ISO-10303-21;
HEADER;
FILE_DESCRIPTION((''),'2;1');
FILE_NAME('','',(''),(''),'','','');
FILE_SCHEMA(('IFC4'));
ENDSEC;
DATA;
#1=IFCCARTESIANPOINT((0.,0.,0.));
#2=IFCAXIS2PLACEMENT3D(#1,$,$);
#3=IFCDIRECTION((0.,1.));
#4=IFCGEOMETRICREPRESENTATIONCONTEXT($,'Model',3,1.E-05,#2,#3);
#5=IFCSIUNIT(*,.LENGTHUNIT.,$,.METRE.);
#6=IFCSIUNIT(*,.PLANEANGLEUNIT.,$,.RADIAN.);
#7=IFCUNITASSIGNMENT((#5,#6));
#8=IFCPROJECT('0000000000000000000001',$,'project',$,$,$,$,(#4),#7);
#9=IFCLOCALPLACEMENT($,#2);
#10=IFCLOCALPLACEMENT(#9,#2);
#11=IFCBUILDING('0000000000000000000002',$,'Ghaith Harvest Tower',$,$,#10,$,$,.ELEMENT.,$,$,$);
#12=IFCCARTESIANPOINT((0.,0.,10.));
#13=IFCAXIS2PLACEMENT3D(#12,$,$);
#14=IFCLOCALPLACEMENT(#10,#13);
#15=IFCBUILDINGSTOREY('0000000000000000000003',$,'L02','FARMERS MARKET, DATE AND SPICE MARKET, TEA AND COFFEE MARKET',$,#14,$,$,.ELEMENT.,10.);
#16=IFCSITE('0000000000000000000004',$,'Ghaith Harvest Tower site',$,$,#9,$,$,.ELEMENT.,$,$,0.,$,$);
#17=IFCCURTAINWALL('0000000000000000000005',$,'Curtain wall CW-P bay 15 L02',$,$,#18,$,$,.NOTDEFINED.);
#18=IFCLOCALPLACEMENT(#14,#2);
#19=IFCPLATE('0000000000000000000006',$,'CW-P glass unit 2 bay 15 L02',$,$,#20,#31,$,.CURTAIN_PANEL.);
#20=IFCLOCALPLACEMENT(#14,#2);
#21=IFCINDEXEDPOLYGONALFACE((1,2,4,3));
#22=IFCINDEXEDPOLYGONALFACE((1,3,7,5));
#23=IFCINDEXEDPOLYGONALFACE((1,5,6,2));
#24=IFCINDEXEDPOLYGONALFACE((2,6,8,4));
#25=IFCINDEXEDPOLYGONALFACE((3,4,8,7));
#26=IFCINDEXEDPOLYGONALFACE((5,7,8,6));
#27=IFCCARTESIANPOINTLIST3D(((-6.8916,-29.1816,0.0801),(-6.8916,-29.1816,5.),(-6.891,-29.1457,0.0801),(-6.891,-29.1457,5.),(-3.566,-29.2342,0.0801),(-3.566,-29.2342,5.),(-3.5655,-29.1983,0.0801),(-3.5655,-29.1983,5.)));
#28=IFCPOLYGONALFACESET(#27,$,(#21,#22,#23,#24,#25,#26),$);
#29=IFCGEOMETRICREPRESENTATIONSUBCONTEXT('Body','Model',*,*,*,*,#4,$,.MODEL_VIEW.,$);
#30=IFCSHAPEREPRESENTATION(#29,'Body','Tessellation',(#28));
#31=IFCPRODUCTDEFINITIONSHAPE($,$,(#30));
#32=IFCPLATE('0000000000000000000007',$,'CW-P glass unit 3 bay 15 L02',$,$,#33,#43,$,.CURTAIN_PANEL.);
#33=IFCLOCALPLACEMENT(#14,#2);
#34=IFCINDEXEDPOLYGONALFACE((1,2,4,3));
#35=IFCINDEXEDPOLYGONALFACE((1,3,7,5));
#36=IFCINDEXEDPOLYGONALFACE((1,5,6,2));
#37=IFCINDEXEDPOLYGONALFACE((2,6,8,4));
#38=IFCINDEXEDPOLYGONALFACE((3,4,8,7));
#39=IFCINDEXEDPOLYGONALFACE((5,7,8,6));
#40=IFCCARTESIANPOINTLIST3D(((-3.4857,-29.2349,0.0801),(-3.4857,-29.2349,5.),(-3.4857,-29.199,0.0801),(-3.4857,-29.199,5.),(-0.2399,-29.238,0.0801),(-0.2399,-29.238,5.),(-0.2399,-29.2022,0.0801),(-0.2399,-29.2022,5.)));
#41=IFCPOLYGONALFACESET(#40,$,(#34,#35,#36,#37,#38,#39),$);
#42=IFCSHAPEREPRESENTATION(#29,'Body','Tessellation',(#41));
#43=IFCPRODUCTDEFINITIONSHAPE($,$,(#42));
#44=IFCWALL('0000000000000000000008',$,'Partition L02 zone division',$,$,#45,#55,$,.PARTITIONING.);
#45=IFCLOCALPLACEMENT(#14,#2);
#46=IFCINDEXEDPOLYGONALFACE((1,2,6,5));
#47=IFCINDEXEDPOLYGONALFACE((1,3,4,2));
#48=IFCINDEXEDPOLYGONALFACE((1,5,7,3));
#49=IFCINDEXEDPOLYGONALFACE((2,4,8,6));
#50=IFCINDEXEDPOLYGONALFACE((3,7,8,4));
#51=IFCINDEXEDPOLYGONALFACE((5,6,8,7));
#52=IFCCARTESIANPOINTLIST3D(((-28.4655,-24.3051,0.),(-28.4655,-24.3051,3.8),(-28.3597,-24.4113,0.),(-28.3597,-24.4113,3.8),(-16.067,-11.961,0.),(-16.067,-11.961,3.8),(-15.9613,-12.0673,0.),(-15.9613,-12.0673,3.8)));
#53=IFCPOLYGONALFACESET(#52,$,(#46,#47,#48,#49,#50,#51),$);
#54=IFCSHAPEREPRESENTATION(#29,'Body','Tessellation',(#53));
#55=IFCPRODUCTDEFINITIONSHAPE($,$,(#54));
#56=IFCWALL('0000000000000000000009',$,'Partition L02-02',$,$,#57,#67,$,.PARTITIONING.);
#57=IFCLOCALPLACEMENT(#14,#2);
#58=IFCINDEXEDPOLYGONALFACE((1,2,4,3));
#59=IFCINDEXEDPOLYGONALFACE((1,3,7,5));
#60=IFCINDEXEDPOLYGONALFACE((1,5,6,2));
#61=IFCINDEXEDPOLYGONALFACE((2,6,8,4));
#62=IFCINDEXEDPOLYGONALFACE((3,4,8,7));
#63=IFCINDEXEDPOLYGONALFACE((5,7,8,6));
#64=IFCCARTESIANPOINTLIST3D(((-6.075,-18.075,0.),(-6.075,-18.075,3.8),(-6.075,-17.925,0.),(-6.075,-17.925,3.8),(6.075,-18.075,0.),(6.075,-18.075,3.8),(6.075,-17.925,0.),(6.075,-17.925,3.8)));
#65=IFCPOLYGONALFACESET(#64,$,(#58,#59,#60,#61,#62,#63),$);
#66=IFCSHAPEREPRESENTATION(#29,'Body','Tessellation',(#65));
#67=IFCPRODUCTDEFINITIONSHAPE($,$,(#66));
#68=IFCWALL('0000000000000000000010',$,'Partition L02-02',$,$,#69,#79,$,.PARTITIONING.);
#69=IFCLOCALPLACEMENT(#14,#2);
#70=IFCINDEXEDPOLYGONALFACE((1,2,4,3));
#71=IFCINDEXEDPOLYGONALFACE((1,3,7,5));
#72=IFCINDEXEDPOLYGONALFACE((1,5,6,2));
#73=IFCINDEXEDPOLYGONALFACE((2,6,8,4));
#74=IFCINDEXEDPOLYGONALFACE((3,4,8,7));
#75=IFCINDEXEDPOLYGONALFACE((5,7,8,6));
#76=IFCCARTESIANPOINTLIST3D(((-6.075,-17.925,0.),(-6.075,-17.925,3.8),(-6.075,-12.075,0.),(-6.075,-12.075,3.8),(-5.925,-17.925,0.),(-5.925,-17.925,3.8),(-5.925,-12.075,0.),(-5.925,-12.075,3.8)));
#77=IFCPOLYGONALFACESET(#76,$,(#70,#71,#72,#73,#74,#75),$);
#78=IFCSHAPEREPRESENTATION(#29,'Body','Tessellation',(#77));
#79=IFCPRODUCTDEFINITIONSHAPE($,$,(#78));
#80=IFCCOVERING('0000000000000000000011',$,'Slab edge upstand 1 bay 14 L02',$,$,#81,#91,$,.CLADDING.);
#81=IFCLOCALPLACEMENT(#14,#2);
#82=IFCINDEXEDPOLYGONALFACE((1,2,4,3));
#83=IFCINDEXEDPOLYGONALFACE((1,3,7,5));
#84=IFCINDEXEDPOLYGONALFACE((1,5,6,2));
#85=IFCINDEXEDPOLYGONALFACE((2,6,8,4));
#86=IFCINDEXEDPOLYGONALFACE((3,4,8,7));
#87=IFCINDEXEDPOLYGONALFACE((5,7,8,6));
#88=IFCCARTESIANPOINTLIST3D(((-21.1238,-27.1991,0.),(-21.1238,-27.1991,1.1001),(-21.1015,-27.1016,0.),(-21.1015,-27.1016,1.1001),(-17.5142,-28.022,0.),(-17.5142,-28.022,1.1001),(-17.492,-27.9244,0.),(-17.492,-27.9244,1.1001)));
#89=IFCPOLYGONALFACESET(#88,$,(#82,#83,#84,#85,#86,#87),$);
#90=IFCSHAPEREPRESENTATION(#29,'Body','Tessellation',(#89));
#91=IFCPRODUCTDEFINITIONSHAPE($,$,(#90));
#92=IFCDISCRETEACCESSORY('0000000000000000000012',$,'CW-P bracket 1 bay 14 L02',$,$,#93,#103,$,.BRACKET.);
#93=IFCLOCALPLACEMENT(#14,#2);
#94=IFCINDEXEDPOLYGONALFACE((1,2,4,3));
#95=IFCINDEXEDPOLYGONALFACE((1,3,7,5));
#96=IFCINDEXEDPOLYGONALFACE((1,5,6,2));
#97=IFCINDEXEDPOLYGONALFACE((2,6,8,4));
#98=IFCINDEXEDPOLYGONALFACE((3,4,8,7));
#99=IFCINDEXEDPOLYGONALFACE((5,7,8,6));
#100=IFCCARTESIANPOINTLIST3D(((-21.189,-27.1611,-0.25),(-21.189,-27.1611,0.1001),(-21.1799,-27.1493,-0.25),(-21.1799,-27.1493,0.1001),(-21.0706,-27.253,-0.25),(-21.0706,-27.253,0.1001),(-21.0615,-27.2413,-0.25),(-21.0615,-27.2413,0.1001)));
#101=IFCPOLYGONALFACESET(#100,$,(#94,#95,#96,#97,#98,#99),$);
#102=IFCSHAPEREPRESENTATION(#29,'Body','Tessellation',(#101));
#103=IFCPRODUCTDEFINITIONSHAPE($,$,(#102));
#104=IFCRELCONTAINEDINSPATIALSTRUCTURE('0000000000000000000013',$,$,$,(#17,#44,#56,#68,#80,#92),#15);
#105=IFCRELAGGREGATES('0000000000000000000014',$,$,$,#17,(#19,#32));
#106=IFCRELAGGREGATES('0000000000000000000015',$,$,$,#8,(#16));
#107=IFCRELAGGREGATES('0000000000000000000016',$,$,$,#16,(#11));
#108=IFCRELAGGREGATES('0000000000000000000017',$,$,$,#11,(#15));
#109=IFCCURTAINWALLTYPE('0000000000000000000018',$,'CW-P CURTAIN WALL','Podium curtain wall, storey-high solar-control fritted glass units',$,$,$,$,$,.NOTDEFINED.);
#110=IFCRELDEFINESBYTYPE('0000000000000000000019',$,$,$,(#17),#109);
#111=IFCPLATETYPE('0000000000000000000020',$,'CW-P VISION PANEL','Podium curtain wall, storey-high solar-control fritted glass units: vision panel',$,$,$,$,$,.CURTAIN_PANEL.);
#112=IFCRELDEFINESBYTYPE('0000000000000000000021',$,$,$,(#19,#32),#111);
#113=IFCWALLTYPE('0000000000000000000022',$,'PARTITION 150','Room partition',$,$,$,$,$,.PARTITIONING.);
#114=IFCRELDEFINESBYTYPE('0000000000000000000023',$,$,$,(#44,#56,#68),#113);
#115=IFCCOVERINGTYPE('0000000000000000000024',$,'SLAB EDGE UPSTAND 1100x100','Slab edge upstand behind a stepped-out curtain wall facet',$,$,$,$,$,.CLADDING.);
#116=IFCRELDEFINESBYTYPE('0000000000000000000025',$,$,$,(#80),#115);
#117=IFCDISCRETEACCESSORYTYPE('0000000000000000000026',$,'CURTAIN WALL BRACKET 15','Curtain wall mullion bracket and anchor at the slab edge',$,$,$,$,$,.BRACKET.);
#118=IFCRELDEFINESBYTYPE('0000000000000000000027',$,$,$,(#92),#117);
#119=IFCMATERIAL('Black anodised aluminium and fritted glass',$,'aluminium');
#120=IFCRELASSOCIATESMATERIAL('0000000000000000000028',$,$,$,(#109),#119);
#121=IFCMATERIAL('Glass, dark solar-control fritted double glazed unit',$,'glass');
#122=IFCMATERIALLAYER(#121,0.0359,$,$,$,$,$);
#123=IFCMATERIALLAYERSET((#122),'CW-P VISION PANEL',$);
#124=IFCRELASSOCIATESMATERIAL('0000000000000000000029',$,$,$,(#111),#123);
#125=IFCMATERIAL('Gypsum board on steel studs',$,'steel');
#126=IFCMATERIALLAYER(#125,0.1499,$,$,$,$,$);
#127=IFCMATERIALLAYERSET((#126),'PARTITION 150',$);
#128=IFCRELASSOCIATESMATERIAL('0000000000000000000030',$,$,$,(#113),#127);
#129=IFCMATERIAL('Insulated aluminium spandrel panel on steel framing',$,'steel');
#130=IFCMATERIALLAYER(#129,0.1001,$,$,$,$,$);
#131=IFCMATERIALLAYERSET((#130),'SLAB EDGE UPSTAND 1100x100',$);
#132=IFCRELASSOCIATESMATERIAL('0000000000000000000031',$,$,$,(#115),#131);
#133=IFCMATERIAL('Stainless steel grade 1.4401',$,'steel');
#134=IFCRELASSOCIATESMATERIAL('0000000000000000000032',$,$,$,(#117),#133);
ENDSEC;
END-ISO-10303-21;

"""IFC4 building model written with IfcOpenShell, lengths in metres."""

from ifc_helpers import new_model, si_unit, direction, frame, frame_2d, origin, origin_2d, place, context, subcontext, project, spatial, rectangle, extrude, material, layer, layer_set, type_object, element, aggregate, save


model = new_model("IFC4")

# Units and contexts
model_context = context("Model", 3, precision=1e-05, world=origin(), true_north=direction((0.0, 1.0)))
body_context = subcontext(model_context, "Body", "Model", "MODEL_VIEW")
ifc_project = project(units=[si_unit("LENGTHUNIT", "METRE"), si_unit("PLANEANGLEUNIT", "RADIAN")], contexts=[model_context])

# Site, building, storey
site_placement = place(None, origin())
site = spatial("IfcSite", under=ifc_project, at=site_placement, Name="Ghaith Harvest Tower site", CompositionType="ELEMENT", RefElevation=0.0)
building_placement = place(site_placement, origin())
building = spatial("IfcBuilding", under=site, at=building_placement, Name="Ghaith Harvest Tower", CompositionType="ELEMENT")
storey_placement = place(building_placement, frame((0.0, 0.0, 10.0)))
storey = spatial("IfcBuildingStorey", under=building, at=storey_placement, Name="L02", Description="FARMERS MARKET, DATE AND SPICE MARKET, TEA AND COFFEE MARKET", CompositionType="ELEMENT", Elevation=10.0)

# Curtain wall
ifc_material_1 = material(Name="Black anodised aluminium and fritted glass", Category="aluminium")
curtain_wall_type = type_object("IfcCurtainWallType", Name="CW-P CURTAIN WALL", Description="Podium curtain wall, storey-high solar-control fritted glass units", PredefinedType="NOTDEFINED", material=ifc_material_1)
curtain_wall_1_placement = place(storey_placement, origin())
curtain_wall_1 = element("IfcCurtainWall", 1, at=curtain_wall_1_placement, inside=storey, type_object=curtain_wall_type, Name="Curtain wall CW-P bay 15 L02", PredefinedType="NOTDEFINED")

# Plates
ifc_material_2 = material(Name="Glass, dark solar-control fritted double glazed unit", Category="glass")
ifc_layer_1 = layer(ifc_material_2, 0.0359)
ifc_layer_set_1 = layer_set([ifc_layer_1], Name="CW-P VISION PANEL")
plate_type = type_object("IfcPlateType", Name="CW-P VISION PANEL", Description="Podium curtain wall, storey-high solar-control fritted glass units: vision panel", PredefinedType="CURTAIN_PANEL", material=ifc_layer_set_1)
plate_1_placement = place(storey_placement, frame((-5.2285, -29.1899, 0.0801), z_axis=(0.0, 0.0, 1.0), x_axis=(0.999875, -0.015807, 0.0)))
plate_1 = element("IfcPlate", 2, at=plate_1_placement, type_object=plate_type, Name="CW-P glass unit 2 bay 15 L02", PredefinedType="CURTAIN_PANEL", context=body_context, shape_type="SweptSolid", body=[
    extrude(rectangle(XDim=3.3259, YDim=0.0359, at=origin_2d()), origin(), (0.0, 0.0, 1.0), 4.9199),
])
plate_2_placement = place(storey_placement, frame((-1.8628, -29.2185, 0.0801), z_axis=(0.0, 0.0, 1.0), x_axis=(1.0, -0.000984, 0.0)))
plate_2 = element("IfcPlate", 3, at=plate_2_placement, type_object=plate_type, Name="CW-P glass unit 3 bay 15 L02", PredefinedType="CURTAIN_PANEL", context=body_context, shape_type="SweptSolid", body=[
    extrude(rectangle(XDim=3.2458, YDim=0.0359, at=origin_2d()), origin(), (0.0, 0.0, 1.0), 4.9199),
])
aggregate(curtain_wall_1, [plate_1, plate_2])

# Walls
ifc_material_3 = material(Name="Gypsum board on steel studs", Category="steel")
ifc_layer_2 = layer(ifc_material_3, 0.1499)
ifc_layer_set_2 = layer_set([ifc_layer_2], Name="PARTITION 150")
wall_type = type_object("IfcWallType", Name="PARTITION 150", Description="Room partition", PredefinedType="PARTITIONING", material=ifc_layer_set_2)
wall_1_placement = place(storey_placement, frame((-16.0142, -12.0142, 0.0), z_axis=(0.0, 0.0, 1.0), x_axis=(-0.708661, -0.705549, 0.0)))
element("IfcWall", 4, at=wall_1_placement, inside=storey, type_object=wall_type, Name="Partition L02 zone division", PredefinedType="PARTITIONING", context=body_context, shape_type="SweptSolid", body=[
    extrude(rectangle(XDim=17.4956, YDim=0.1499, at=frame_2d((8.7478, 0.0))), origin(), (0.0, 0.0, 1.0), 3.8),
])
wall_2_placement = place(storey_placement, frame((-6.075, -18.0, 0.0), z_axis=(0.0, 0.0, 1.0), x_axis=(1.0, 0.0, 0.0)))
element("IfcWall", 5, at=wall_2_placement, inside=storey, type_object=wall_type, Name="Partition L02-02", PredefinedType="PARTITIONING", context=body_context, shape_type="SweptSolid", body=[
    extrude(rectangle(XDim=12.1499, YDim=0.1499, at=frame_2d((6.075, 0.0))), origin(), (0.0, 0.0, 1.0), 3.8),
])
wall_3_placement = place(storey_placement, frame((-6.0, -17.925, 0.0), z_axis=(0.0, 0.0, 1.0), x_axis=(0.0, 1.0, 0.0)))
element("IfcWall", 6, at=wall_3_placement, inside=storey, type_object=wall_type, Name="Partition L02-02", PredefinedType="PARTITIONING", context=body_context, shape_type="SweptSolid", body=[
    extrude(rectangle(XDim=5.8501, YDim=0.1499, at=frame_2d((2.925, 0.0))), origin(), (0.0, 0.0, 1.0), 3.8),
])

# Covering
ifc_material_4 = material(Name="Insulated aluminium spandrel panel on steel framing", Category="steel")
ifc_layer_3 = layer(ifc_material_4, 0.1001)
ifc_layer_set_3 = layer_set([ifc_layer_3], Name="SLAB EDGE UPSTAND 1100x100")
covering_type = type_object("IfcCoveringType", Name="SLAB EDGE UPSTAND 1100x100", Description="Slab edge upstand behind a stepped-out curtain wall facet", PredefinedType="CLADDING", material=ifc_layer_set_3)
covering_placement = place(storey_placement, frame((-19.3079, -27.5618, 0.0), z_axis=(0.0, 0.0, 1.0), x_axis=(0.974988, -0.222259, 0.0)))
element("IfcCovering", 7, at=covering_placement, inside=storey, type_object=covering_type, Name="Slab edge upstand 1 bay 14 L02", PredefinedType="CLADDING", context=body_context, shape_type="SweptSolid", body=[
    extrude(rectangle(XDim=3.7021, YDim=0.1001, at=origin_2d()), origin(), (0.0, 0.0, 1.0), 1.1001),
])

# Discrete accessory
ifc_material_5 = material(Name="Stainless steel grade 1.4401", Category="steel")
discrete_accessory_type = type_object("IfcDiscreteAccessoryType", Name="CURTAIN WALL BRACKET 15", Description="Curtain wall mullion bracket and anchor at the slab edge", PredefinedType="BRACKET", material=ifc_material_5)
discrete_accessory_placement = place(storey_placement, frame((-21.1252, -27.2012, -0.25), z_axis=(0.0, 0.0, 1.0), x_axis=(-0.613378, -0.78979, 0.0)))
element("IfcDiscreteAccessory", 8, at=discrete_accessory_placement, inside=storey, type_object=discrete_accessory_type, Name="CW-P bracket 1 bay 14 L02", PredefinedType="BRACKET", context=body_context, shape_type="SweptSolid", body=[
    extrude(rectangle(XDim=0.0149, YDim=0.1499, at=origin_2d()), origin(), (0.0, 0.0, 1.0), 0.3501),
])

save(model, "model.ifc")
